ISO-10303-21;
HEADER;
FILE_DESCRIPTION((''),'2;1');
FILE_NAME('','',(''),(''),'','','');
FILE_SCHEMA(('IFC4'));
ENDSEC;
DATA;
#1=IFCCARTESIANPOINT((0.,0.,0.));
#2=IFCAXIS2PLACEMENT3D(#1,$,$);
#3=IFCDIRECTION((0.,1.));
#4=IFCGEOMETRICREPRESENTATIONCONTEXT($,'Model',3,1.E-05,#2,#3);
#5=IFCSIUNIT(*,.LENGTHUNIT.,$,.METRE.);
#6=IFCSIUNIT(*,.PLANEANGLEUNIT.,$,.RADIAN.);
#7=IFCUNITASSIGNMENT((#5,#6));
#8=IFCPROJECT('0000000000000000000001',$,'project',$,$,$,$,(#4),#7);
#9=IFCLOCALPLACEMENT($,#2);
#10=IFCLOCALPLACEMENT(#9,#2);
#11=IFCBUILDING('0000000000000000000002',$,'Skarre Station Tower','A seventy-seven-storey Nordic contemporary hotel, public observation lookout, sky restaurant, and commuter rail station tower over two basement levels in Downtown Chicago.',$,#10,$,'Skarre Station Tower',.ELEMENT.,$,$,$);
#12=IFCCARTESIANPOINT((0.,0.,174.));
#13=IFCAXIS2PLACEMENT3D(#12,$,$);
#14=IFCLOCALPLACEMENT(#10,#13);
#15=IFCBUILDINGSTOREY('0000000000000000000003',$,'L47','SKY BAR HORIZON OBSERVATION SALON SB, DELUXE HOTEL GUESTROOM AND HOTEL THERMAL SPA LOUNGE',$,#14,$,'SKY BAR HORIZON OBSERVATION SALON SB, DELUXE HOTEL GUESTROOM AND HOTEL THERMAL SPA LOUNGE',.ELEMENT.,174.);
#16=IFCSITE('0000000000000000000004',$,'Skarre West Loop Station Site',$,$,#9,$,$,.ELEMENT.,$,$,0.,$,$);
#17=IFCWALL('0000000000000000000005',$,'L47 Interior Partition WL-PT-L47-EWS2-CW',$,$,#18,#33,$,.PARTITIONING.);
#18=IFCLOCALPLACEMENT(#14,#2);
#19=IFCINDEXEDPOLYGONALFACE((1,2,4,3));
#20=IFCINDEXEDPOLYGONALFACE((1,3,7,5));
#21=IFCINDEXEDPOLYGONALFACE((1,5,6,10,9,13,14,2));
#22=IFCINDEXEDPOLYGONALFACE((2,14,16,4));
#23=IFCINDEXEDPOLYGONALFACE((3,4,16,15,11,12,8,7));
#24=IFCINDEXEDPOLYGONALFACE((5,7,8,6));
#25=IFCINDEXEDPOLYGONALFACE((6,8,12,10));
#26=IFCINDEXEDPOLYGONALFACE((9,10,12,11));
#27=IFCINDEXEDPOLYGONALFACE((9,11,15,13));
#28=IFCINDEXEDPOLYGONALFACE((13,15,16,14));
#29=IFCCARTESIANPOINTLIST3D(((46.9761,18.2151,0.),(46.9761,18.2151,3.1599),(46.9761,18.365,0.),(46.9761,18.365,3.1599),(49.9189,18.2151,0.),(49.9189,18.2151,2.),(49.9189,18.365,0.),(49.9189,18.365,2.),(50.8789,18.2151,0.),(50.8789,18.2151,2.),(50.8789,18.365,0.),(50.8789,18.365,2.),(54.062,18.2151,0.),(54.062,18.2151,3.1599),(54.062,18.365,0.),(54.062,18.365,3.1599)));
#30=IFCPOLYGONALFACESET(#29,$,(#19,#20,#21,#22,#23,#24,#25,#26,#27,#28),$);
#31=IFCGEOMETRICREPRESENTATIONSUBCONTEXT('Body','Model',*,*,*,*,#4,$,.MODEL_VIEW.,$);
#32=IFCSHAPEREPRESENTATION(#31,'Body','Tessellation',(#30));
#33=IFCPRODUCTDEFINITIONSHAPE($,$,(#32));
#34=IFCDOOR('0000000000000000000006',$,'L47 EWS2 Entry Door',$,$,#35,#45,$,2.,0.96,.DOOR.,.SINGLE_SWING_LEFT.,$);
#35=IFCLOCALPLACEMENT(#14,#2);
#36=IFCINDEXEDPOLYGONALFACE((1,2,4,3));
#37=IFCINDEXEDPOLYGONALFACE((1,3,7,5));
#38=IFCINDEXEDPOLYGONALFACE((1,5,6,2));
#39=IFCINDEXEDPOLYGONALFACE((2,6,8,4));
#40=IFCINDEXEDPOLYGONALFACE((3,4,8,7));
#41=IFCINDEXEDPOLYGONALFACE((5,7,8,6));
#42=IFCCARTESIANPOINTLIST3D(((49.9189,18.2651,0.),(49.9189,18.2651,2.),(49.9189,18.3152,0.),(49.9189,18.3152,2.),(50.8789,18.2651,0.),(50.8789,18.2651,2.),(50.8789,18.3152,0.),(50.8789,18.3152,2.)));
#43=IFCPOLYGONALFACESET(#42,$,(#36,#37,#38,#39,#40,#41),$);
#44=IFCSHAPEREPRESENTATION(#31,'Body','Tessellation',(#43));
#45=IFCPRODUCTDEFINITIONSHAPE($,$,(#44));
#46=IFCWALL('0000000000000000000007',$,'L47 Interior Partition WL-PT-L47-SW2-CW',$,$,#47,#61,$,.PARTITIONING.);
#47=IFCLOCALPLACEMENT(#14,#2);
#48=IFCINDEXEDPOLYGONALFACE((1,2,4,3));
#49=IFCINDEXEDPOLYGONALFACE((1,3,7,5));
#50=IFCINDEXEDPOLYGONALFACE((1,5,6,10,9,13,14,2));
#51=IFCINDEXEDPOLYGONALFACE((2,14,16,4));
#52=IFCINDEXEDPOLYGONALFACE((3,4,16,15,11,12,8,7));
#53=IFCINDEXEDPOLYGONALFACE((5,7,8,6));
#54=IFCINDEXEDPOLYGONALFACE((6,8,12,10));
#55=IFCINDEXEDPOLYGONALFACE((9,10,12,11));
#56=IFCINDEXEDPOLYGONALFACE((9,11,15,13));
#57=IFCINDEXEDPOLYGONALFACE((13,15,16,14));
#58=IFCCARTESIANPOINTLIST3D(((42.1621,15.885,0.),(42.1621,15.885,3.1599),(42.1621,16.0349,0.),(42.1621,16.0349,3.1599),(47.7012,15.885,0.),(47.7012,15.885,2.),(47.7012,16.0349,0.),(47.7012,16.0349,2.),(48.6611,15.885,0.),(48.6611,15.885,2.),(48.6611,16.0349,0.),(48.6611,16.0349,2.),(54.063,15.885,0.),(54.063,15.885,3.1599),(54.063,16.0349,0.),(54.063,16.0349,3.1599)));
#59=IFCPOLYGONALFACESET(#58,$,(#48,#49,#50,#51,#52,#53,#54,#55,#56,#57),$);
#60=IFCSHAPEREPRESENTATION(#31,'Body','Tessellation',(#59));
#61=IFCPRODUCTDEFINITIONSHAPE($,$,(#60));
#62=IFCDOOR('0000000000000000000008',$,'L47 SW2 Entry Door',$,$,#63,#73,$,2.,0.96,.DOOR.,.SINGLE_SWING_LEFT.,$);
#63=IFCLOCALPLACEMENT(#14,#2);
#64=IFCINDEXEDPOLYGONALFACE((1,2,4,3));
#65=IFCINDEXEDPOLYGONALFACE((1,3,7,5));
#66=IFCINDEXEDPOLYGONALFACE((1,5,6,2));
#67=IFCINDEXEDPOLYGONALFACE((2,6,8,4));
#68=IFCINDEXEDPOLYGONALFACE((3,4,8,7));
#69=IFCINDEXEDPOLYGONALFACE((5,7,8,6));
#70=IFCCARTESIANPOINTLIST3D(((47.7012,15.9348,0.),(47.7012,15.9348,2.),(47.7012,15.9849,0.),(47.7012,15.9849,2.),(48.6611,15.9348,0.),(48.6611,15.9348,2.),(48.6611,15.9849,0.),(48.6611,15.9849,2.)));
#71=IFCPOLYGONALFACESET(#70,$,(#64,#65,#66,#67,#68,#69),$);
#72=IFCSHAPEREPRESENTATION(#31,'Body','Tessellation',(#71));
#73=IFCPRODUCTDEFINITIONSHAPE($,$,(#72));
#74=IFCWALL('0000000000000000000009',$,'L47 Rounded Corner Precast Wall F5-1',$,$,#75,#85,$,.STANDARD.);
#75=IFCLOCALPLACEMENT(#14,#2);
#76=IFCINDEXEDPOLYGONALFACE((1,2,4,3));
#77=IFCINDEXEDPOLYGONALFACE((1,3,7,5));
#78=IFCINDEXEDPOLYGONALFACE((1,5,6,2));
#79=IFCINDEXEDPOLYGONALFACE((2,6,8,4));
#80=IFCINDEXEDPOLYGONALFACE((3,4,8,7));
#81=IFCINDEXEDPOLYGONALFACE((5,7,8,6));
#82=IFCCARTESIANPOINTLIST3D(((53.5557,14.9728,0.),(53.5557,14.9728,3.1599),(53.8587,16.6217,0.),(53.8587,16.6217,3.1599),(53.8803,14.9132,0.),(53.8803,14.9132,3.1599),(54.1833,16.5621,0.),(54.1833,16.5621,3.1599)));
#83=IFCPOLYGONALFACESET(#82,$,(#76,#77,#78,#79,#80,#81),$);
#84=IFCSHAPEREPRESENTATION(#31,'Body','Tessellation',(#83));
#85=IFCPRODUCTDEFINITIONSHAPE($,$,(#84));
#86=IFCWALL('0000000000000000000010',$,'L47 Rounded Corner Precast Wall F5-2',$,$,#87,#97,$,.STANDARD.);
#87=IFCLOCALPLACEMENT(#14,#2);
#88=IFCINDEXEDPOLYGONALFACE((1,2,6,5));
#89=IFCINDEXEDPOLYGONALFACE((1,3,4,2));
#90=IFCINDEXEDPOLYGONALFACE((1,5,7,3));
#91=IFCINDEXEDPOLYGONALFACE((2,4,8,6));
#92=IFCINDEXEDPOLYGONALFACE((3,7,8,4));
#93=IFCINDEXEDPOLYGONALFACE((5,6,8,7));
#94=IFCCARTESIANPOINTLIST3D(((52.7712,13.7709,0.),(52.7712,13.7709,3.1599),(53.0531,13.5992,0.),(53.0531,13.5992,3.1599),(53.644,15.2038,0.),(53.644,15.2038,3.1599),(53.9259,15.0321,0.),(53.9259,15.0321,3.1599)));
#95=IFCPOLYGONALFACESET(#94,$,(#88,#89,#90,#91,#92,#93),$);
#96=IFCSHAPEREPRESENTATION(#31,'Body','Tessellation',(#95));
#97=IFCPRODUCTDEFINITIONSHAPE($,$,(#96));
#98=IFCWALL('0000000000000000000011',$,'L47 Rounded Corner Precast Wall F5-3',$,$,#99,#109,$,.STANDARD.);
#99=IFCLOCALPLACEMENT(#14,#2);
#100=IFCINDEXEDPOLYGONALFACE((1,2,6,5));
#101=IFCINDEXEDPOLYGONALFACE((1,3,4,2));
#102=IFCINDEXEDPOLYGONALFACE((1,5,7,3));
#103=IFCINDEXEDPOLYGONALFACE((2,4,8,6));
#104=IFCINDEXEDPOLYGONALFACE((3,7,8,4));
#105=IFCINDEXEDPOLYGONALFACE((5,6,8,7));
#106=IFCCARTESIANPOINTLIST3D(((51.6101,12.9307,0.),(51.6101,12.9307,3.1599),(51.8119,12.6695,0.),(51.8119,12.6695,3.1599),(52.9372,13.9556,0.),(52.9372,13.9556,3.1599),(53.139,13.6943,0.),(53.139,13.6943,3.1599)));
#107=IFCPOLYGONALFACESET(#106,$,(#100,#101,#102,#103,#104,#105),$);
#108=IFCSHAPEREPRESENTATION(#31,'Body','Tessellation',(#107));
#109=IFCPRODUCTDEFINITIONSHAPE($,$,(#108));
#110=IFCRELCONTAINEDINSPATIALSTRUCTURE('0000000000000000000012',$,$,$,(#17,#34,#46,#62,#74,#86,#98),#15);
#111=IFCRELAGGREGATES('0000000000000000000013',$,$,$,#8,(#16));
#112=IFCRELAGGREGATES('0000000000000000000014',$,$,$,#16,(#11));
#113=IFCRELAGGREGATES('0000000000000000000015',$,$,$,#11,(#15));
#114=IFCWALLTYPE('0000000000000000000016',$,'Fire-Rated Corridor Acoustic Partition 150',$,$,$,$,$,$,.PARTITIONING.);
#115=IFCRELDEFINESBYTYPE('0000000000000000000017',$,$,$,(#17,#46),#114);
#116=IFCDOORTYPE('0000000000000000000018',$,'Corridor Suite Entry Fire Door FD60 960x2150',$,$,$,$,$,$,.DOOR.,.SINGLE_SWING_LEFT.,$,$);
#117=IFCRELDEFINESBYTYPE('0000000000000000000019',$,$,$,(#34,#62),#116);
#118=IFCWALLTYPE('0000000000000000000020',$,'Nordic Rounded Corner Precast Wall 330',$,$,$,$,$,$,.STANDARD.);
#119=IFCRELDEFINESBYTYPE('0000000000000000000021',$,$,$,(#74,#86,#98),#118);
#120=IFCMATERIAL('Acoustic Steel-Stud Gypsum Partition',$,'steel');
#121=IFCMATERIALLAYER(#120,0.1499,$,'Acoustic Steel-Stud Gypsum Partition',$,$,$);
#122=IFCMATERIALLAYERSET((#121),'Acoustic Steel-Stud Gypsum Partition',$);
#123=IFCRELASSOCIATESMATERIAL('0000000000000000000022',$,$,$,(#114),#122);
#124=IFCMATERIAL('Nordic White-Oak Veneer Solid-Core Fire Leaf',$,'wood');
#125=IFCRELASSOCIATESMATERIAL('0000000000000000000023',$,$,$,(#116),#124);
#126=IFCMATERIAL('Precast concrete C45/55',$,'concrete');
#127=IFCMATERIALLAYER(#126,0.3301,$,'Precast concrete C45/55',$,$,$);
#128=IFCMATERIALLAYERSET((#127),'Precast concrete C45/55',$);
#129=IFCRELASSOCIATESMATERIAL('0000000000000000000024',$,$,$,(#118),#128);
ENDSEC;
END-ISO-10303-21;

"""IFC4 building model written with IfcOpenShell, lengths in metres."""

from ifc_helpers import new_model, si_unit, direction, frame, frame_2d, origin, place, context, subcontext, project, spatial, rectangle, extrude, material, layer, layer_set, type_object, element, fill, save


model = new_model("IFC4")

# Units and contexts
model_context = context("Model", 3, precision=1e-05, world=origin(), true_north=direction((0.0, 1.0)))
body_context = subcontext(model_context, "Body", "Model", "MODEL_VIEW")
ifc_project = project(units=[si_unit("LENGTHUNIT", "METRE"), si_unit("PLANEANGLEUNIT", "RADIAN")], contexts=[model_context])

# Site, building, storey
site_placement = place(None, origin())
site = spatial("IfcSite", under=ifc_project, at=site_placement, Name="Skarre West Loop Station Site", CompositionType="ELEMENT", RefElevation=0.0)
building_placement = place(site_placement, origin())
building = spatial("IfcBuilding", under=site, at=building_placement, Name="Skarre Station Tower", Description="A seventy-seven-storey Nordic contemporary hotel, public observation lookout, sky restaurant, and commuter rail station tower over two basement levels in Downtown Chicago.", LongName="Skarre Station Tower", CompositionType="ELEMENT")
storey_placement = place(building_placement, frame((0.0, 0.0, 174.0)))
storey = spatial("IfcBuildingStorey", under=building, at=storey_placement, Name="L47", Description="SKY BAR HORIZON OBSERVATION SALON SB, DELUXE HOTEL GUESTROOM AND HOTEL THERMAL SPA LOUNGE", LongName="SKY BAR HORIZON OBSERVATION SALON SB, DELUXE HOTEL GUESTROOM AND HOTEL THERMAL SPA LOUNGE", CompositionType="ELEMENT", Elevation=174.0)

# Shared definitions
ifc_material_1 = material(Name="Acoustic Steel-Stud Gypsum Partition", Category="steel")
ifc_layer_1 = layer(ifc_material_1, 0.1499, Name="Acoustic Steel-Stud Gypsum Partition")
ifc_layer_set_1 = layer_set([ifc_layer_1], Name="Acoustic Steel-Stud Gypsum Partition")
wall_type_1 = type_object("IfcWallType", Name="Fire-Rated Corridor Acoustic Partition 150", PredefinedType="PARTITIONING", material=ifc_layer_set_1)

# Walls, openings, doors
ifc_material_2 = material(Name="Nordic White-Oak Veneer Solid-Core Fire Leaf", Category="wood")
door_type = type_object("IfcDoorType", Name="Corridor Suite Entry Fire Door FD60 960x2150", OperationType="SINGLE_SWING_LEFT", PredefinedType="DOOR", material=ifc_material_2)
wall_1_placement = place(storey_placement, frame((54.062, 18.29, 0.0), z_axis=(0.0, 0.0, 1.0), x_axis=(-1.0, 0.0, 0.0)))
wall_1 = element("IfcWall", 1, at=wall_1_placement, inside=storey, type_object=wall_type_1, Name="L47 Interior Partition WL-PT-L47-EWS2-CW", PredefinedType="PARTITIONING", context=body_context, shape_type="SweptSolid", body=[
    extrude(rectangle(XDim=7.0859, YDim=0.1499, at=frame_2d((3.543, 0.0))), origin(), (0.0, 0.0, 1.0), 3.1599),
])
opening_1_placement = place(wall_1_placement, frame((3.1831, 0.0, 0.0)))
opening_1 = element("IfcOpeningElement", 2, at=opening_1_placement, cuts=wall_1, PredefinedType="OPENING", context=body_context, shape_type="SweptSolid", body=[
    extrude(rectangle(XDim=0.96, YDim=2.0, at=frame_2d((0.48, 1.0))), frame((0.0, 0.085, 0.0), z_axis=(0.0, -1.0, 0.0), x_axis=(1.0, 0.0, 0.0)), (0.0, 0.0, 1.0), 0.1699),
])
door_1_placement = place(opening_1_placement, origin())
door_1 = element("IfcDoor", 3, at=door_1_placement, inside=storey, type_object=door_type, Name="L47 EWS2 Entry Door", OperationType="SINGLE_SWING_LEFT", OverallHeight=2.0, OverallWidth=0.96, PredefinedType="DOOR", context=body_context, shape_type="SweptSolid", body=[
    extrude(rectangle(XDim=0.96, YDim=2.0, at=frame_2d((0.48, 1.0))), frame((0.0, 0.0249, 0.0), z_axis=(0.0, -1.0, 0.0), x_axis=(1.0, 0.0, 0.0)), (0.0, 0.0, 1.0), 0.05),
])
fill(opening_1, door_1)
wall_2_placement = place(storey_placement, frame((42.1621, 15.96, 0.0), z_axis=(0.0, 0.0, 1.0), x_axis=(1.0, 0.0, 0.0)))
wall_2 = element("IfcWall", 4, at=wall_2_placement, inside=storey, type_object=wall_type_1, Name="L47 Interior Partition WL-PT-L47-SW2-CW", PredefinedType="PARTITIONING", context=body_context, shape_type="SweptSolid", body=[
    extrude(rectangle(XDim=11.9009, YDim=0.1499, at=frame_2d((5.9504, 0.0))), origin(), (0.0, 0.0, 1.0), 3.1599),
])
opening_2_placement = place(wall_2_placement, frame((5.5391, 0.0, 0.0)))
opening_2 = element("IfcOpeningElement", 5, at=opening_2_placement, cuts=wall_2, PredefinedType="OPENING", context=body_context, shape_type="SweptSolid", body=[
    extrude(rectangle(XDim=0.96, YDim=2.0, at=frame_2d((0.48, 1.0))), frame((0.0, 0.085, 0.0), z_axis=(0.0, -1.0, 0.0), x_axis=(1.0, 0.0, 0.0)), (0.0, 0.0, 1.0), 0.1699),
])
door_2_placement = place(opening_2_placement, origin())
door_2 = element("IfcDoor", 6, at=door_2_placement, inside=storey, type_object=door_type, Name="L47 SW2 Entry Door", OperationType="SINGLE_SWING_LEFT", OverallHeight=2.0, OverallWidth=0.96, PredefinedType="DOOR", context=body_context, shape_type="SweptSolid", body=[
    extrude(rectangle(XDim=0.96, YDim=2.0, at=frame_2d((0.48, 1.0))), frame((0.0, 0.0249, 0.0), z_axis=(0.0, -1.0, 0.0), x_axis=(1.0, 0.0, 0.0)), (0.0, 0.0, 1.0), 0.05),
])
fill(opening_2, door_2)

# Walls
ifc_material_3 = material(Name="Precast concrete C45/55", Category="concrete")
ifc_layer_2 = layer(ifc_material_3, 0.3301, Name="Precast concrete C45/55")
ifc_layer_set_2 = layer_set([ifc_layer_2], Name="Precast concrete C45/55")
wall_type_2 = type_object("IfcWallType", Name="Nordic Rounded Corner Precast Wall 330", PredefinedType="STANDARD", material=ifc_layer_set_2)
wall_3_placement = place(storey_placement, frame((54.021, 16.592, 0.0), z_axis=(0.0, 0.0, 1.0), x_axis=(-0.180718, -0.983535, 0.0)))
element("IfcWall", 7, at=wall_3_placement, inside=storey, type_object=wall_type_2, Name="L47 Rounded Corner Precast Wall F5-1", PredefinedType="STANDARD", context=body_context, shape_type="SweptSolid", body=[
    extrude(rectangle(XDim=1.6765, YDim=0.3301, at=frame_2d((0.8384, 0.0))), origin(), (0.0, 0.0, 1.0), 3.1599),
])
wall_4_placement = place(storey_placement, frame((53.7849, 15.1179, 0.0), z_axis=(0.0, 0.0, 1.0), x_axis=(-0.520219, -0.854033, 0.0)))
element("IfcWall", 8, at=wall_4_placement, inside=storey, type_object=wall_type_2, Name="L47 Rounded Corner Precast Wall F5-2", PredefinedType="STANDARD", context=body_context, shape_type="SweptSolid", body=[
    extrude(rectangle(XDim=1.6777, YDim=0.3301, at=frame_2d((0.8389, 0.0))), origin(), (0.0, 0.0, 1.0), 3.1599),
])
wall_5_placement = place(storey_placement, frame((53.0381, 13.825, 0.0), z_axis=(0.0, 0.0, 1.0), x_axis=(-0.791464, -0.611215, 0.0)))
element("IfcWall", 9, at=wall_5_placement, inside=storey, type_object=wall_type_2, Name="L47 Rounded Corner Precast Wall F5-3", PredefinedType="STANDARD", context=body_context, shape_type="SweptSolid", body=[
    extrude(rectangle(XDim=1.6768, YDim=0.3301, at=frame_2d((0.8384, 0.0))), origin(), (0.0, 0.0, 1.0), 3.1599),
])

save(model, "model.ifc")
